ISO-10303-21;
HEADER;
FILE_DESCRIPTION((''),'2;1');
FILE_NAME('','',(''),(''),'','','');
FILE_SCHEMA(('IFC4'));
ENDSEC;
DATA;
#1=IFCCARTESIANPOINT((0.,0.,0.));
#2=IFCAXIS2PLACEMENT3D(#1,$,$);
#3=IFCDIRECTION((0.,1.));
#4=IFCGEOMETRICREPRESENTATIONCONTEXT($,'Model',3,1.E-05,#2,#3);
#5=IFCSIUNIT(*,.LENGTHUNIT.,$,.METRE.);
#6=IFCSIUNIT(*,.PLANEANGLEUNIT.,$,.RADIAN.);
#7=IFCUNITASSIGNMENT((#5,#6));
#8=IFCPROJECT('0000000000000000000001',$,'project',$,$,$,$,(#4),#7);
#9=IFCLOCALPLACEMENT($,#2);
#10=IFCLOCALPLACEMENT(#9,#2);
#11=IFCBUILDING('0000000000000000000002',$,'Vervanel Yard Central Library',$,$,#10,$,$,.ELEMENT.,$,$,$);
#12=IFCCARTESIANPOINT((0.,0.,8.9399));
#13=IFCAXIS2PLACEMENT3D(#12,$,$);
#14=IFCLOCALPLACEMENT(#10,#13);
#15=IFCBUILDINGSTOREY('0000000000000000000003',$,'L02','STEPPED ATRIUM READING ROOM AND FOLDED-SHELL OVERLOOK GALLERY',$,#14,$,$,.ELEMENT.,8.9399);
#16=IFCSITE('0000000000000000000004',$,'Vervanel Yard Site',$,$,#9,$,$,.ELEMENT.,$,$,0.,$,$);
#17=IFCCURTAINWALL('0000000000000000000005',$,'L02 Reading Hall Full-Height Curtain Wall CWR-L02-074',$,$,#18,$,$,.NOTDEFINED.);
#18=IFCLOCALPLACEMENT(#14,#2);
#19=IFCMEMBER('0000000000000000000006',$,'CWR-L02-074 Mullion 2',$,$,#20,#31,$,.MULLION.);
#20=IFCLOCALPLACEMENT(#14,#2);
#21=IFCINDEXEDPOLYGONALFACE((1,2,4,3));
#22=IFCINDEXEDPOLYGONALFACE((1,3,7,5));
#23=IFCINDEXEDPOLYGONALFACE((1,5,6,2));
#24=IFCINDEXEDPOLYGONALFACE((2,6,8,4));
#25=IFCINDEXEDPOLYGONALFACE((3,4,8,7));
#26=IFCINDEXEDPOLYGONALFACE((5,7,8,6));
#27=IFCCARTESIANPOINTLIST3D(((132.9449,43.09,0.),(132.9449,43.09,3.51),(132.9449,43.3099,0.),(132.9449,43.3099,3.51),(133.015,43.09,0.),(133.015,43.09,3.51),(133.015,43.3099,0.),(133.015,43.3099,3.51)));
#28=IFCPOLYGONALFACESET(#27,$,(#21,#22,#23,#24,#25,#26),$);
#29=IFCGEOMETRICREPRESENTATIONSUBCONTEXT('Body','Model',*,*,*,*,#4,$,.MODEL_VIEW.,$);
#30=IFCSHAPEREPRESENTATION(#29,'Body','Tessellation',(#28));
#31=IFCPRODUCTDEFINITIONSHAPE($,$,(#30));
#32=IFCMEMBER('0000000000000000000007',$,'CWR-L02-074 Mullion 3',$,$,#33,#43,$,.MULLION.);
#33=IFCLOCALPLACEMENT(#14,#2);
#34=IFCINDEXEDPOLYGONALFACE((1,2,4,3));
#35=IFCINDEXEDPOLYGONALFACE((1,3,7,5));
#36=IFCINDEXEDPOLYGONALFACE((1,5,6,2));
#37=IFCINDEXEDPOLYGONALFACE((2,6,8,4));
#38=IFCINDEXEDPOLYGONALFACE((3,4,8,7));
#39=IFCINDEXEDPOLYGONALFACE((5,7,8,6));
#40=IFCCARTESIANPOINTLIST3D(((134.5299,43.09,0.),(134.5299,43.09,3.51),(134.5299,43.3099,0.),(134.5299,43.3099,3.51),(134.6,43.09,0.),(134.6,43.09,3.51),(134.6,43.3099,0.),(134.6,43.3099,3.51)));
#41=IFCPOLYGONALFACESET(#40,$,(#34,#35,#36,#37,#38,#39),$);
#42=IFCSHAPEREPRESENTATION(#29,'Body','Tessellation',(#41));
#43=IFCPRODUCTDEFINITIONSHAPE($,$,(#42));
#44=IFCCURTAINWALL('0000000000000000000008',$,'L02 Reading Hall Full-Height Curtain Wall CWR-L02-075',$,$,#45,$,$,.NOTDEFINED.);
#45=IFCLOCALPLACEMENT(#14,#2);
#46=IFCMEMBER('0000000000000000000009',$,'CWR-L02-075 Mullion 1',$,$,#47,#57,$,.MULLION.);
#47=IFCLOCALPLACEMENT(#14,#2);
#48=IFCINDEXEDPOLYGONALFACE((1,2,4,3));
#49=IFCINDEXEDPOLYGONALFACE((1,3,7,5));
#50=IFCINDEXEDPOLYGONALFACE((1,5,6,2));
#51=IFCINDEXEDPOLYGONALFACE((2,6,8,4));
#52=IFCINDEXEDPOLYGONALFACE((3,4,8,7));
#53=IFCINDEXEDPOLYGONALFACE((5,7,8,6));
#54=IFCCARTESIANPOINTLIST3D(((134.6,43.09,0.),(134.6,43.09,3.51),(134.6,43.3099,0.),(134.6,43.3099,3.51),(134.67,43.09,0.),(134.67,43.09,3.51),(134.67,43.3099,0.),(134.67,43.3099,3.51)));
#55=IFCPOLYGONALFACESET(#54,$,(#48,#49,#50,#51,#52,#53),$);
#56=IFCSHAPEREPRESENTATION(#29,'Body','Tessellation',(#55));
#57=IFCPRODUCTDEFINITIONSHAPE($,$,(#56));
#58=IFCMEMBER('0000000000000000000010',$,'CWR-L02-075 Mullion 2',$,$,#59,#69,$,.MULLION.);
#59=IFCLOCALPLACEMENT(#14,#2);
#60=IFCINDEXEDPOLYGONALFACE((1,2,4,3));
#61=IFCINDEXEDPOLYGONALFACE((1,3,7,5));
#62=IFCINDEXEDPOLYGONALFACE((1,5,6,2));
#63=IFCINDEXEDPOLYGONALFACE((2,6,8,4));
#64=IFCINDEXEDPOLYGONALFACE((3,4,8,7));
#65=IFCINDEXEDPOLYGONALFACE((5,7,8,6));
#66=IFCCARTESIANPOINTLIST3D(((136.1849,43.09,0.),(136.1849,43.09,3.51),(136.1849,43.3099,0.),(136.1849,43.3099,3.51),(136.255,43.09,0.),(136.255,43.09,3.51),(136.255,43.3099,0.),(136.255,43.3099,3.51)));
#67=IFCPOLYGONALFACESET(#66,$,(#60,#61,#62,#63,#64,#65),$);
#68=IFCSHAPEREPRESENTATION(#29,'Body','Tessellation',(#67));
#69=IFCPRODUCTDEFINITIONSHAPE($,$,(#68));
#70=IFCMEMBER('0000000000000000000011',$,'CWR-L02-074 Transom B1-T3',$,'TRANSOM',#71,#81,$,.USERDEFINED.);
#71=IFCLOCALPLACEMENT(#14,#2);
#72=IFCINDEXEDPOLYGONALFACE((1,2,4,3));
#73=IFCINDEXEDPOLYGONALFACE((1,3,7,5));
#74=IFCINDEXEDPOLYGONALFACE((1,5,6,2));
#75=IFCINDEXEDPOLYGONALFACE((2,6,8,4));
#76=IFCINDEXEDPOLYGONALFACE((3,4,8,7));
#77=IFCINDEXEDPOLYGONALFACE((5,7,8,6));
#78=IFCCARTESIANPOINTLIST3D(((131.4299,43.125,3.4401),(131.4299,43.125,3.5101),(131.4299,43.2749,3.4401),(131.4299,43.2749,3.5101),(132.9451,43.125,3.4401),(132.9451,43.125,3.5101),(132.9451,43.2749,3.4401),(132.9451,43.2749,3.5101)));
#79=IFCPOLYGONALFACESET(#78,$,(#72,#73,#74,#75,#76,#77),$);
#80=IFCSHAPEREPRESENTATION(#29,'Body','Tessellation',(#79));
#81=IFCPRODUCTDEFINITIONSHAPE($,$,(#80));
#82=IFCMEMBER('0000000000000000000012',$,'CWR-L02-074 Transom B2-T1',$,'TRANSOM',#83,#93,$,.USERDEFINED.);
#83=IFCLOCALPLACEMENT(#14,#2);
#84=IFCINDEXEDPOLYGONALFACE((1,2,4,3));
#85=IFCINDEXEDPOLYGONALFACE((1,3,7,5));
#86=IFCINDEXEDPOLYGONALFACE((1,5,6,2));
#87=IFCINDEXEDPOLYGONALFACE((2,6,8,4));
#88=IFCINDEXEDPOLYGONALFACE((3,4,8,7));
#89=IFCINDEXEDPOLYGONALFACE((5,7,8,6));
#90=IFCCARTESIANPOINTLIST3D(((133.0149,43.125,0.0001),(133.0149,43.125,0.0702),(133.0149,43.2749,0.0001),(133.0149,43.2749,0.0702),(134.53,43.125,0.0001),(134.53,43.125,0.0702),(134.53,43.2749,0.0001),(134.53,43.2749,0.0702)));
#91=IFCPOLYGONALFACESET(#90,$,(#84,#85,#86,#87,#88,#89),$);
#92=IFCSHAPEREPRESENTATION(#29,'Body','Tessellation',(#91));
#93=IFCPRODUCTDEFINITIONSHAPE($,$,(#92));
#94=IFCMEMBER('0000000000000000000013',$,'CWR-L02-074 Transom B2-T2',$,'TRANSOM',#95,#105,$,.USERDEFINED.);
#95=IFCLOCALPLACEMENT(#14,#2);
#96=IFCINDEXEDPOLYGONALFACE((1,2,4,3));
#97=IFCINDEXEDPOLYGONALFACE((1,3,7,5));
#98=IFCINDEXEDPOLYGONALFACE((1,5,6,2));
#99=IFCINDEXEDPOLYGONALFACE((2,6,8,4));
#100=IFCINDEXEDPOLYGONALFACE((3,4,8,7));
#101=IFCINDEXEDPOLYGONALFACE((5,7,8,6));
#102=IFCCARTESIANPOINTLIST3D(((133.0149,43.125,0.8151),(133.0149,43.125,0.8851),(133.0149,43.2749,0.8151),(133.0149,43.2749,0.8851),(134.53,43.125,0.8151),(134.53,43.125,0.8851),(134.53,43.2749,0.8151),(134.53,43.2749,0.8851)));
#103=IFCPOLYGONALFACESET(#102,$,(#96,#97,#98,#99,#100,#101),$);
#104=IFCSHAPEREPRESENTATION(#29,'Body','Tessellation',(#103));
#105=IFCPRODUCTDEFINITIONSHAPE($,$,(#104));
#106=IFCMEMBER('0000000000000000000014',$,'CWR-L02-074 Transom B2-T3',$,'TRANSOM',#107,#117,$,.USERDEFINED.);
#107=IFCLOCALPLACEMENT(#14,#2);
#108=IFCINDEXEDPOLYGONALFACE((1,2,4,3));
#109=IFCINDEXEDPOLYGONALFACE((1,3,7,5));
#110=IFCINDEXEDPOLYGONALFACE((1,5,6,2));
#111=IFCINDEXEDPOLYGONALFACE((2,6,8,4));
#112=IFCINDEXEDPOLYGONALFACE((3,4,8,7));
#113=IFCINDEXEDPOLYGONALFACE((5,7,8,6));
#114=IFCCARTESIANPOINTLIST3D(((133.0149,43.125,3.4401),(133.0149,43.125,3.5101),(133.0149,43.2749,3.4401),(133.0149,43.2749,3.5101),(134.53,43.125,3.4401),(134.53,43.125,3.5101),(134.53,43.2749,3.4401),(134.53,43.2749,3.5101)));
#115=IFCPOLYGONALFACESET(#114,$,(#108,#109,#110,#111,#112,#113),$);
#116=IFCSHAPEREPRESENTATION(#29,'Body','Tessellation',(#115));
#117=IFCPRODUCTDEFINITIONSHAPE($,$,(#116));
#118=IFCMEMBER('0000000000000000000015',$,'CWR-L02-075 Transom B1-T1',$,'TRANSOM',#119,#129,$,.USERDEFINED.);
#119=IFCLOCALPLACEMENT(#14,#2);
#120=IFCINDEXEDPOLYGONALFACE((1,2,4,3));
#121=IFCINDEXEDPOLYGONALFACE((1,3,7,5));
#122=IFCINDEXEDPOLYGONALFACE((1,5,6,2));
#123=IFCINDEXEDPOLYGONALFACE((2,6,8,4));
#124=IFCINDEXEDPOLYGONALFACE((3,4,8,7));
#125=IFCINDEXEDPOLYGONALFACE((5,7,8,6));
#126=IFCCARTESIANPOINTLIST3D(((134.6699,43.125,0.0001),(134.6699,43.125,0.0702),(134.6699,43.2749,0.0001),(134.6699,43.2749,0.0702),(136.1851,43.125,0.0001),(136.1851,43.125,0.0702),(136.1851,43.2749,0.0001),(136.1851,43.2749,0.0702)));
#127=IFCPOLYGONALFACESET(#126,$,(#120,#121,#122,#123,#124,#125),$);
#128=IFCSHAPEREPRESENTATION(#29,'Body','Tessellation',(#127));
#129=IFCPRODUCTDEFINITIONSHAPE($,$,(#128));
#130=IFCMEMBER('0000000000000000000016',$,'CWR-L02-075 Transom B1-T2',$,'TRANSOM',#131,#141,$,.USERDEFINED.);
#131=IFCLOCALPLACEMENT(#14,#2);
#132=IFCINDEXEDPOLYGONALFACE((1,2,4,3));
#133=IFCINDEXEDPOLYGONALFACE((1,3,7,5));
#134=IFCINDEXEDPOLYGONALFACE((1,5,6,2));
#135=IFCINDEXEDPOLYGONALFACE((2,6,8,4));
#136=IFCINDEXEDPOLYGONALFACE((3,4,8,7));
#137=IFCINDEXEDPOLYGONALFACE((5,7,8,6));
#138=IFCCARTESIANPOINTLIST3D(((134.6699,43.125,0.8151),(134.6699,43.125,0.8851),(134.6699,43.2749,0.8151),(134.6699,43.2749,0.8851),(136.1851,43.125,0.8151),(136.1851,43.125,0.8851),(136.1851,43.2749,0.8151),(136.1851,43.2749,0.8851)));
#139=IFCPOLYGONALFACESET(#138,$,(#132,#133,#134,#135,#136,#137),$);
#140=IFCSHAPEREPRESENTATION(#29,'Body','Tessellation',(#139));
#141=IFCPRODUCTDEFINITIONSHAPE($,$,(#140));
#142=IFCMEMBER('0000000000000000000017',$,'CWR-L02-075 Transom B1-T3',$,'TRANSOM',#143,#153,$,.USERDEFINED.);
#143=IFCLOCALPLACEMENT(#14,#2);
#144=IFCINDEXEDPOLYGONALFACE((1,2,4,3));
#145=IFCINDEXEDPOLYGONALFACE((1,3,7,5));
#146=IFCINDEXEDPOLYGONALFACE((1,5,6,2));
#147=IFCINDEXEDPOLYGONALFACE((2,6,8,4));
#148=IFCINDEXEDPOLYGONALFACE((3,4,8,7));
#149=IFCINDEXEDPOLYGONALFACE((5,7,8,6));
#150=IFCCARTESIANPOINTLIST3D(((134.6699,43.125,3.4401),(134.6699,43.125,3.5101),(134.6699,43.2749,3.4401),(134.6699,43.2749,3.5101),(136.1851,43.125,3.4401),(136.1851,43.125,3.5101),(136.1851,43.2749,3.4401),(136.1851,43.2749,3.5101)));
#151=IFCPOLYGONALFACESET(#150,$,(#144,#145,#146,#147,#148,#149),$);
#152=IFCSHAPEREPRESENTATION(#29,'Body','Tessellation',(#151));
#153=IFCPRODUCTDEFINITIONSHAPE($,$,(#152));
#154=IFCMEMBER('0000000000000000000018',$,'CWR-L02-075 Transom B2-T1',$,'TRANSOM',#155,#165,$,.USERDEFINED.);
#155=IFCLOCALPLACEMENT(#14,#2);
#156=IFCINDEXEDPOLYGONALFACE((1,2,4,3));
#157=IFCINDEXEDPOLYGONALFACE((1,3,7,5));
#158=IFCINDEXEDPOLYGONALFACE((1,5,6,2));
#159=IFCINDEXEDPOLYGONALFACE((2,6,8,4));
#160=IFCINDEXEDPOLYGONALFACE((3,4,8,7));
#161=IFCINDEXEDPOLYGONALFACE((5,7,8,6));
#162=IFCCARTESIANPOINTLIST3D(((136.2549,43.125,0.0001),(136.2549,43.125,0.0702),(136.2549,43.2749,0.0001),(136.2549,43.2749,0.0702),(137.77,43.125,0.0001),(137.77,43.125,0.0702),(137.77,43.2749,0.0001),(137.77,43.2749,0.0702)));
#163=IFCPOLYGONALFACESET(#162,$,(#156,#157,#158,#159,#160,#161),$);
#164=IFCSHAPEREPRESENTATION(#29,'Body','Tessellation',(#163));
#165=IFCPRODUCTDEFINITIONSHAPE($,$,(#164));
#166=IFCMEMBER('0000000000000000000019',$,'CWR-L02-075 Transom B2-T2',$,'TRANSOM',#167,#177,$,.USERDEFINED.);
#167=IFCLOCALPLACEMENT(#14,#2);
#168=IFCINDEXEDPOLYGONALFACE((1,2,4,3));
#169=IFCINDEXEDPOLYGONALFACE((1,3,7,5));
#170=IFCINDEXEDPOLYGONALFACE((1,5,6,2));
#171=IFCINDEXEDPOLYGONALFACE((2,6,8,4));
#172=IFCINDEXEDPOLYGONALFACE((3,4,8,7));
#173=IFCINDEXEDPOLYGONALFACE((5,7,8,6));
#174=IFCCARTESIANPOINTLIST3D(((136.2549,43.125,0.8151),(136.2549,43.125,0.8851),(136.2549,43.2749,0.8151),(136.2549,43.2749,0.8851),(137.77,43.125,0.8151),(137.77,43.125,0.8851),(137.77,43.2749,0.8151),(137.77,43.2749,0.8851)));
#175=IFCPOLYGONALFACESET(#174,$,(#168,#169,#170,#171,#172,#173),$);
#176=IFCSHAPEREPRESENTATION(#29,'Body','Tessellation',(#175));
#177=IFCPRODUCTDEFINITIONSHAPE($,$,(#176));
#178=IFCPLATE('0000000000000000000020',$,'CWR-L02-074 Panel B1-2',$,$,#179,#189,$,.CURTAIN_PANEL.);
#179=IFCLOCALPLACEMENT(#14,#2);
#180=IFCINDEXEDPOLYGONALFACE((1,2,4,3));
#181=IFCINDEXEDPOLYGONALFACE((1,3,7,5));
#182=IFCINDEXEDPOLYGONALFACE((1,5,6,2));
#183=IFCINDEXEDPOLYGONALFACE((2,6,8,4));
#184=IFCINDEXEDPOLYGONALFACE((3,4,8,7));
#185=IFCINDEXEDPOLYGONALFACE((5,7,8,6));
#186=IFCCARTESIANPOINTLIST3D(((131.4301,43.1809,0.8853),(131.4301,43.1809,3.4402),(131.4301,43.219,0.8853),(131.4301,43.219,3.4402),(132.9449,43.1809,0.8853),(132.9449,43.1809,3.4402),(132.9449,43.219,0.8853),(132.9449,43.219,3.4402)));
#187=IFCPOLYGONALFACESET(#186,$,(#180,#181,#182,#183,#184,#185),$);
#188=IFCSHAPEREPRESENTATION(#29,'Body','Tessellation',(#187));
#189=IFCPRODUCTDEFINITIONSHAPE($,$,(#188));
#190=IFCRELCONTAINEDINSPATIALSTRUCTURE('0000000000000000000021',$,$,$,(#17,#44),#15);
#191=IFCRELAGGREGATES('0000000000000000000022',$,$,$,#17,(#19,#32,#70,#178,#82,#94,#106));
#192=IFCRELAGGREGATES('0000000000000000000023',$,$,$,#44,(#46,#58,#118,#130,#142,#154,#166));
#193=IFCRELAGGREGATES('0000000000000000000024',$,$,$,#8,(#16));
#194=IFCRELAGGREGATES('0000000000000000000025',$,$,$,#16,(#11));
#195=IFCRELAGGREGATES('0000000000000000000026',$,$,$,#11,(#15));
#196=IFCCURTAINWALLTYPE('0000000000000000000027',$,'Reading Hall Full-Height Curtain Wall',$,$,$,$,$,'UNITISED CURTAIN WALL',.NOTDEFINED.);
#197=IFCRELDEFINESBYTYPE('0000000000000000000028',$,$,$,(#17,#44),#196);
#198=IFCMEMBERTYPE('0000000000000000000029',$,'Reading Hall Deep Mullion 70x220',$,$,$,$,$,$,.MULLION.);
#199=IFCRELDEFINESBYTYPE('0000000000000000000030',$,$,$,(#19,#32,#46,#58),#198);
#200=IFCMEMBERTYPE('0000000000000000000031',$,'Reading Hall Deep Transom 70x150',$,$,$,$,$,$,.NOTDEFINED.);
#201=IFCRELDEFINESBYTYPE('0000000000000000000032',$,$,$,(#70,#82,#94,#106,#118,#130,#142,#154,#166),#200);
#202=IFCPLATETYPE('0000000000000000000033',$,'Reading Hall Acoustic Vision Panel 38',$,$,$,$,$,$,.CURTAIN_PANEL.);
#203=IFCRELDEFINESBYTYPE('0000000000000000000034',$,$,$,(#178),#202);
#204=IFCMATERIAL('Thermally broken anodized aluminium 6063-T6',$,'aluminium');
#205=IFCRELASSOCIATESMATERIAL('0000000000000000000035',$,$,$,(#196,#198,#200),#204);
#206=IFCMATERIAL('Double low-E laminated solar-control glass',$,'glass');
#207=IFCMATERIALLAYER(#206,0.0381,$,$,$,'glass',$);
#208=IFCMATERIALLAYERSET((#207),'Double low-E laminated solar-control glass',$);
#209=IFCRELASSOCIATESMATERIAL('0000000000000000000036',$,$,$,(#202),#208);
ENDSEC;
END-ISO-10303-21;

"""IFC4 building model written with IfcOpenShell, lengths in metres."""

from ifc_helpers import new_model, si_unit, direction, frame, origin, origin_2d, place, context, subcontext, project, spatial, rectangle, extrude, material, layer, layer_set, material_profile, profile_set, type_object, element, aggregate, save


model = new_model("IFC4")

# Units and contexts
model_context = context("Model", 3, precision=1e-05, world=origin(), true_north=direction((0.0, 1.0)))
body_context = subcontext(model_context, "Body", "Model", "MODEL_VIEW")
ifc_project = project(units=[si_unit("LENGTHUNIT", "METRE"), si_unit("PLANEANGLEUNIT", "RADIAN")], contexts=[model_context])

# Site, building, storey
site_placement = place(None, origin())
site = spatial("IfcSite", under=ifc_project, at=site_placement, Name="Vervanel Yard Site", CompositionType="ELEMENT", RefElevation=0.0)
building_placement = place(site_placement, origin())
building = spatial("IfcBuilding", under=site, at=building_placement, Name="Vervanel Yard Central Library", CompositionType="ELEMENT")
storey_placement = place(building_placement, frame((0.0, 0.0, 8.9399)))
storey = spatial("IfcBuildingStorey", under=building, at=storey_placement, Name="L02", Description="STEPPED ATRIUM READING ROOM AND FOLDED-SHELL OVERLOOK GALLERY", CompositionType="ELEMENT", Elevation=8.9399)

# Curtain walls, members
ifc_material_1 = material(Name="Thermally broken anodized aluminium 6063-T6", Category="aluminium")
curtain_wall_type = type_object("IfcCurtainWallType", Name="Reading Hall Full-Height Curtain Wall", ElementType="UNITISED CURTAIN WALL", PredefinedType="NOTDEFINED", material=ifc_material_1)
curtain_wall_1_placement = place(storey_placement, origin())
curtain_wall_1 = element("IfcCurtainWall", 1, at=curtain_wall_1_placement, inside=storey, type_object=curtain_wall_type, Name="L02 Reading Hall Full-Height Curtain Wall CWR-L02-074", PredefinedType="NOTDEFINED")
ifc_material_profile_1 = material_profile(ifc_material_1, rectangle(XDim=0.0701, YDim=0.22, at=origin_2d()), Name="ALU 70x220", Category="aluminium")
ifc_profile_set_1 = profile_set([ifc_material_profile_1], Name="Thermally broken anodized aluminium 6063-T6")
member_type_1 = type_object("IfcMemberType", Name="Reading Hall Deep Mullion 70x220", PredefinedType="MULLION", material=ifc_profile_set_1)
member_1_placement = place(storey_placement, frame((132.98, 43.2, 0.0), z_axis=(0.0, 0.0, 1.0), x_axis=(1.0, 0.0, 0.0)))
member_1 = element("IfcMember", 2, at=member_1_placement, type_object=member_type_1, Name="CWR-L02-074 Mullion 2", PredefinedType="MULLION", context=body_context, shape_type="SweptSolid", body=[
    extrude(rectangle(XDim=0.0701, YDim=0.22, at=origin_2d()), origin(), (0.0, 0.0, 1.0), 3.51),
])
member_2_placement = place(storey_placement, frame((134.5649, 43.2, 0.0), z_axis=(0.0, 0.0, 1.0), x_axis=(1.0, 0.0, 0.0)))
member_2 = element("IfcMember", 3, at=member_2_placement, type_object=member_type_1, Name="CWR-L02-074 Mullion 3", PredefinedType="MULLION", context=body_context, shape_type="SweptSolid", body=[
    extrude(rectangle(XDim=0.0701, YDim=0.22, at=origin_2d()), origin(), (0.0, 0.0, 1.0), 3.51),
])
curtain_wall_2_placement = place(storey_placement, origin())
curtain_wall_2 = element("IfcCurtainWall", 4, at=curtain_wall_2_placement, inside=storey, type_object=curtain_wall_type, Name="L02 Reading Hall Full-Height Curtain Wall CWR-L02-075", PredefinedType="NOTDEFINED")
member_3_placement = place(storey_placement, frame((134.635, 43.2, 0.0), z_axis=(0.0, 0.0, 1.0), x_axis=(1.0, 0.0, 0.0)))
member_3 = element("IfcMember", 5, at=member_3_placement, type_object=member_type_1, Name="CWR-L02-075 Mullion 1", PredefinedType="MULLION", context=body_context, shape_type="SweptSolid", body=[
    extrude(rectangle(XDim=0.0701, YDim=0.22, at=origin_2d()), origin(), (0.0, 0.0, 1.0), 3.51),
])
member_4_placement = place(storey_placement, frame((136.22, 43.2, 0.0), z_axis=(0.0, 0.0, 1.0), x_axis=(1.0, 0.0, 0.0)))
member_4 = element("IfcMember", 6, at=member_4_placement, type_object=member_type_1, Name="CWR-L02-075 Mullion 2", PredefinedType="MULLION", context=body_context, shape_type="SweptSolid", body=[
    extrude(rectangle(XDim=0.0701, YDim=0.22, at=origin_2d()), origin(), (0.0, 0.0, 1.0), 3.51),
])

# Members
ifc_material_profile_2 = material_profile(ifc_material_1, rectangle(XDim=0.0701, YDim=0.1499, at=origin_2d()), Name="ALU 70x150", Category="aluminium")
ifc_profile_set_2 = profile_set([ifc_material_profile_2], Name="Thermally broken anodized aluminium 6063-T6")
member_type_2 = type_object("IfcMemberType", Name="Reading Hall Deep Transom 70x150", PredefinedType="NOTDEFINED", material=ifc_profile_set_2)
member_5_placement = place(storey_placement, frame((131.4299, 43.2, 3.4751), z_axis=(1.0, 0.0, 0.0), x_axis=(0.0, 0.0, 1.0)))
member_5 = element("IfcMember", 7, at=member_5_placement, type_object=member_type_2, Name="CWR-L02-074 Transom B1-T3", ObjectType="TRANSOM", PredefinedType="USERDEFINED", context=body_context, shape_type="SweptSolid", body=[
    extrude(rectangle(XDim=0.0701, YDim=0.1499, at=origin_2d()), origin(), (0.0, 0.0, 1.0), 1.5151),
])
member_6_placement = place(storey_placement, frame((133.0149, 43.2, 0.0352), z_axis=(1.0, 0.0, 0.0), x_axis=(0.0, 0.0, 1.0)))
member_6 = element("IfcMember", 8, at=member_6_placement, type_object=member_type_2, Name="CWR-L02-074 Transom B2-T1", ObjectType="TRANSOM", PredefinedType="USERDEFINED", context=body_context, shape_type="SweptSolid", body=[
    extrude(rectangle(XDim=0.0701, YDim=0.1499, at=origin_2d()), origin(), (0.0, 0.0, 1.0), 1.5151),
])
member_7_placement = place(storey_placement, frame((133.0149, 43.2, 0.8501), z_axis=(1.0, 0.0, 0.0), x_axis=(0.0, 0.0, 1.0)))
member_7 = element("IfcMember", 9, at=member_7_placement, type_object=member_type_2, Name="CWR-L02-074 Transom B2-T2", ObjectType="TRANSOM", PredefinedType="USERDEFINED", context=body_context, shape_type="SweptSolid", body=[
    extrude(rectangle(XDim=0.0701, YDim=0.1499, at=origin_2d()), origin(), (0.0, 0.0, 1.0), 1.5151),
])
member_8_placement = place(storey_placement, frame((133.0149, 43.2, 3.4751), z_axis=(1.0, 0.0, 0.0), x_axis=(0.0, 0.0, 1.0)))
member_8 = element("IfcMember", 10, at=member_8_placement, type_object=member_type_2, Name="CWR-L02-074 Transom B2-T3", ObjectType="TRANSOM", PredefinedType="USERDEFINED", context=body_context, shape_type="SweptSolid", body=[
    extrude(rectangle(XDim=0.0701, YDim=0.1499, at=origin_2d()), origin(), (0.0, 0.0, 1.0), 1.5151),
])
member_9_placement = place(storey_placement, frame((134.6699, 43.2, 0.0352), z_axis=(1.0, 0.0, 0.0), x_axis=(0.0, 0.0, 1.0)))
member_9 = element("IfcMember", 11, at=member_9_placement, type_object=member_type_2, Name="CWR-L02-075 Transom B1-T1", ObjectType="TRANSOM", PredefinedType="USERDEFINED", context=body_context, shape_type="SweptSolid", body=[
    extrude(rectangle(XDim=0.0701, YDim=0.1499, at=origin_2d()), origin(), (0.0, 0.0, 1.0), 1.5151),
])
member_10_placement = place(storey_placement, frame((134.6699, 43.2, 0.8501), z_axis=(1.0, 0.0, 0.0), x_axis=(0.0, 0.0, 1.0)))
member_10 = element("IfcMember", 12, at=member_10_placement, type_object=member_type_2, Name="CWR-L02-075 Transom B1-T2", ObjectType="TRANSOM", PredefinedType="USERDEFINED", context=body_context, shape_type="SweptSolid", body=[
    extrude(rectangle(XDim=0.0701, YDim=0.1499, at=origin_2d()), origin(), (0.0, 0.0, 1.0), 1.5151),
])
member_11_placement = place(storey_placement, frame((134.6699, 43.2, 3.4751), z_axis=(1.0, 0.0, 0.0), x_axis=(0.0, 0.0, 1.0)))
member_11 = element("IfcMember", 13, at=member_11_placement, type_object=member_type_2, Name="CWR-L02-075 Transom B1-T3", ObjectType="TRANSOM", PredefinedType="USERDEFINED", context=body_context, shape_type="SweptSolid", body=[
    extrude(rectangle(XDim=0.0701, YDim=0.1499, at=origin_2d()), origin(), (0.0, 0.0, 1.0), 1.5151),
])
member_12_placement = place(storey_placement, frame((136.2549, 43.2, 0.0352), z_axis=(1.0, 0.0, 0.0), x_axis=(0.0, 0.0, 1.0)))
member_12 = element("IfcMember", 14, at=member_12_placement, type_object=member_type_2, Name="CWR-L02-075 Transom B2-T1", ObjectType="TRANSOM", PredefinedType="USERDEFINED", context=body_context, shape_type="SweptSolid", body=[
    extrude(rectangle(XDim=0.0701, YDim=0.1499, at=origin_2d()), origin(), (0.0, 0.0, 1.0), 1.5151),
])
member_13_placement = place(storey_placement, frame((136.2549, 43.2, 0.8501), z_axis=(1.0, 0.0, 0.0), x_axis=(0.0, 0.0, 1.0)))
member_13 = element("IfcMember", 15, at=member_13_placement, type_object=member_type_2, Name="CWR-L02-075 Transom B2-T2", ObjectType="TRANSOM", PredefinedType="USERDEFINED", context=body_context, shape_type="SweptSolid", body=[
    extrude(rectangle(XDim=0.0701, YDim=0.1499, at=origin_2d()), origin(), (0.0, 0.0, 1.0), 1.5151),
])

# Plate
ifc_material_2 = material(Name="Double low-E laminated solar-control glass", Category="glass")
ifc_layer_1 = layer(ifc_material_2, 0.0381, Category="glass")
ifc_layer_set_1 = layer_set([ifc_layer_1], Name="Double low-E laminated solar-control glass")
plate_type_1 = type_object("IfcPlateType", Name="Reading Hall Acoustic Vision Panel 38", PredefinedType="CURTAIN_PANEL", material=ifc_layer_set_1)
plate_1_placement = place(storey_placement, frame((132.1875, 43.2, 0.8853), z_axis=(0.0, 0.0, 1.0), x_axis=(1.0, 0.0, 0.0)))
plate_1 = element("IfcPlate", 16, at=plate_1_placement, type_object=plate_type_1, Name="CWR-L02-074 Panel B1-2", PredefinedType="CURTAIN_PANEL", context=body_context, shape_type="SweptSolid", body=[
    extrude(rectangle(XDim=1.5149, YDim=0.0381, at=origin_2d()), origin(), (0.0, 0.0, 1.0), 2.5549),
])
aggregate(curtain_wall_1, [member_1, member_2, member_5, plate_1, member_6, member_7, member_8])
aggregate(curtain_wall_2, [member_3, member_4, member_9, member_10, member_11, member_12, member_13])

save(model, "model.ifc")
